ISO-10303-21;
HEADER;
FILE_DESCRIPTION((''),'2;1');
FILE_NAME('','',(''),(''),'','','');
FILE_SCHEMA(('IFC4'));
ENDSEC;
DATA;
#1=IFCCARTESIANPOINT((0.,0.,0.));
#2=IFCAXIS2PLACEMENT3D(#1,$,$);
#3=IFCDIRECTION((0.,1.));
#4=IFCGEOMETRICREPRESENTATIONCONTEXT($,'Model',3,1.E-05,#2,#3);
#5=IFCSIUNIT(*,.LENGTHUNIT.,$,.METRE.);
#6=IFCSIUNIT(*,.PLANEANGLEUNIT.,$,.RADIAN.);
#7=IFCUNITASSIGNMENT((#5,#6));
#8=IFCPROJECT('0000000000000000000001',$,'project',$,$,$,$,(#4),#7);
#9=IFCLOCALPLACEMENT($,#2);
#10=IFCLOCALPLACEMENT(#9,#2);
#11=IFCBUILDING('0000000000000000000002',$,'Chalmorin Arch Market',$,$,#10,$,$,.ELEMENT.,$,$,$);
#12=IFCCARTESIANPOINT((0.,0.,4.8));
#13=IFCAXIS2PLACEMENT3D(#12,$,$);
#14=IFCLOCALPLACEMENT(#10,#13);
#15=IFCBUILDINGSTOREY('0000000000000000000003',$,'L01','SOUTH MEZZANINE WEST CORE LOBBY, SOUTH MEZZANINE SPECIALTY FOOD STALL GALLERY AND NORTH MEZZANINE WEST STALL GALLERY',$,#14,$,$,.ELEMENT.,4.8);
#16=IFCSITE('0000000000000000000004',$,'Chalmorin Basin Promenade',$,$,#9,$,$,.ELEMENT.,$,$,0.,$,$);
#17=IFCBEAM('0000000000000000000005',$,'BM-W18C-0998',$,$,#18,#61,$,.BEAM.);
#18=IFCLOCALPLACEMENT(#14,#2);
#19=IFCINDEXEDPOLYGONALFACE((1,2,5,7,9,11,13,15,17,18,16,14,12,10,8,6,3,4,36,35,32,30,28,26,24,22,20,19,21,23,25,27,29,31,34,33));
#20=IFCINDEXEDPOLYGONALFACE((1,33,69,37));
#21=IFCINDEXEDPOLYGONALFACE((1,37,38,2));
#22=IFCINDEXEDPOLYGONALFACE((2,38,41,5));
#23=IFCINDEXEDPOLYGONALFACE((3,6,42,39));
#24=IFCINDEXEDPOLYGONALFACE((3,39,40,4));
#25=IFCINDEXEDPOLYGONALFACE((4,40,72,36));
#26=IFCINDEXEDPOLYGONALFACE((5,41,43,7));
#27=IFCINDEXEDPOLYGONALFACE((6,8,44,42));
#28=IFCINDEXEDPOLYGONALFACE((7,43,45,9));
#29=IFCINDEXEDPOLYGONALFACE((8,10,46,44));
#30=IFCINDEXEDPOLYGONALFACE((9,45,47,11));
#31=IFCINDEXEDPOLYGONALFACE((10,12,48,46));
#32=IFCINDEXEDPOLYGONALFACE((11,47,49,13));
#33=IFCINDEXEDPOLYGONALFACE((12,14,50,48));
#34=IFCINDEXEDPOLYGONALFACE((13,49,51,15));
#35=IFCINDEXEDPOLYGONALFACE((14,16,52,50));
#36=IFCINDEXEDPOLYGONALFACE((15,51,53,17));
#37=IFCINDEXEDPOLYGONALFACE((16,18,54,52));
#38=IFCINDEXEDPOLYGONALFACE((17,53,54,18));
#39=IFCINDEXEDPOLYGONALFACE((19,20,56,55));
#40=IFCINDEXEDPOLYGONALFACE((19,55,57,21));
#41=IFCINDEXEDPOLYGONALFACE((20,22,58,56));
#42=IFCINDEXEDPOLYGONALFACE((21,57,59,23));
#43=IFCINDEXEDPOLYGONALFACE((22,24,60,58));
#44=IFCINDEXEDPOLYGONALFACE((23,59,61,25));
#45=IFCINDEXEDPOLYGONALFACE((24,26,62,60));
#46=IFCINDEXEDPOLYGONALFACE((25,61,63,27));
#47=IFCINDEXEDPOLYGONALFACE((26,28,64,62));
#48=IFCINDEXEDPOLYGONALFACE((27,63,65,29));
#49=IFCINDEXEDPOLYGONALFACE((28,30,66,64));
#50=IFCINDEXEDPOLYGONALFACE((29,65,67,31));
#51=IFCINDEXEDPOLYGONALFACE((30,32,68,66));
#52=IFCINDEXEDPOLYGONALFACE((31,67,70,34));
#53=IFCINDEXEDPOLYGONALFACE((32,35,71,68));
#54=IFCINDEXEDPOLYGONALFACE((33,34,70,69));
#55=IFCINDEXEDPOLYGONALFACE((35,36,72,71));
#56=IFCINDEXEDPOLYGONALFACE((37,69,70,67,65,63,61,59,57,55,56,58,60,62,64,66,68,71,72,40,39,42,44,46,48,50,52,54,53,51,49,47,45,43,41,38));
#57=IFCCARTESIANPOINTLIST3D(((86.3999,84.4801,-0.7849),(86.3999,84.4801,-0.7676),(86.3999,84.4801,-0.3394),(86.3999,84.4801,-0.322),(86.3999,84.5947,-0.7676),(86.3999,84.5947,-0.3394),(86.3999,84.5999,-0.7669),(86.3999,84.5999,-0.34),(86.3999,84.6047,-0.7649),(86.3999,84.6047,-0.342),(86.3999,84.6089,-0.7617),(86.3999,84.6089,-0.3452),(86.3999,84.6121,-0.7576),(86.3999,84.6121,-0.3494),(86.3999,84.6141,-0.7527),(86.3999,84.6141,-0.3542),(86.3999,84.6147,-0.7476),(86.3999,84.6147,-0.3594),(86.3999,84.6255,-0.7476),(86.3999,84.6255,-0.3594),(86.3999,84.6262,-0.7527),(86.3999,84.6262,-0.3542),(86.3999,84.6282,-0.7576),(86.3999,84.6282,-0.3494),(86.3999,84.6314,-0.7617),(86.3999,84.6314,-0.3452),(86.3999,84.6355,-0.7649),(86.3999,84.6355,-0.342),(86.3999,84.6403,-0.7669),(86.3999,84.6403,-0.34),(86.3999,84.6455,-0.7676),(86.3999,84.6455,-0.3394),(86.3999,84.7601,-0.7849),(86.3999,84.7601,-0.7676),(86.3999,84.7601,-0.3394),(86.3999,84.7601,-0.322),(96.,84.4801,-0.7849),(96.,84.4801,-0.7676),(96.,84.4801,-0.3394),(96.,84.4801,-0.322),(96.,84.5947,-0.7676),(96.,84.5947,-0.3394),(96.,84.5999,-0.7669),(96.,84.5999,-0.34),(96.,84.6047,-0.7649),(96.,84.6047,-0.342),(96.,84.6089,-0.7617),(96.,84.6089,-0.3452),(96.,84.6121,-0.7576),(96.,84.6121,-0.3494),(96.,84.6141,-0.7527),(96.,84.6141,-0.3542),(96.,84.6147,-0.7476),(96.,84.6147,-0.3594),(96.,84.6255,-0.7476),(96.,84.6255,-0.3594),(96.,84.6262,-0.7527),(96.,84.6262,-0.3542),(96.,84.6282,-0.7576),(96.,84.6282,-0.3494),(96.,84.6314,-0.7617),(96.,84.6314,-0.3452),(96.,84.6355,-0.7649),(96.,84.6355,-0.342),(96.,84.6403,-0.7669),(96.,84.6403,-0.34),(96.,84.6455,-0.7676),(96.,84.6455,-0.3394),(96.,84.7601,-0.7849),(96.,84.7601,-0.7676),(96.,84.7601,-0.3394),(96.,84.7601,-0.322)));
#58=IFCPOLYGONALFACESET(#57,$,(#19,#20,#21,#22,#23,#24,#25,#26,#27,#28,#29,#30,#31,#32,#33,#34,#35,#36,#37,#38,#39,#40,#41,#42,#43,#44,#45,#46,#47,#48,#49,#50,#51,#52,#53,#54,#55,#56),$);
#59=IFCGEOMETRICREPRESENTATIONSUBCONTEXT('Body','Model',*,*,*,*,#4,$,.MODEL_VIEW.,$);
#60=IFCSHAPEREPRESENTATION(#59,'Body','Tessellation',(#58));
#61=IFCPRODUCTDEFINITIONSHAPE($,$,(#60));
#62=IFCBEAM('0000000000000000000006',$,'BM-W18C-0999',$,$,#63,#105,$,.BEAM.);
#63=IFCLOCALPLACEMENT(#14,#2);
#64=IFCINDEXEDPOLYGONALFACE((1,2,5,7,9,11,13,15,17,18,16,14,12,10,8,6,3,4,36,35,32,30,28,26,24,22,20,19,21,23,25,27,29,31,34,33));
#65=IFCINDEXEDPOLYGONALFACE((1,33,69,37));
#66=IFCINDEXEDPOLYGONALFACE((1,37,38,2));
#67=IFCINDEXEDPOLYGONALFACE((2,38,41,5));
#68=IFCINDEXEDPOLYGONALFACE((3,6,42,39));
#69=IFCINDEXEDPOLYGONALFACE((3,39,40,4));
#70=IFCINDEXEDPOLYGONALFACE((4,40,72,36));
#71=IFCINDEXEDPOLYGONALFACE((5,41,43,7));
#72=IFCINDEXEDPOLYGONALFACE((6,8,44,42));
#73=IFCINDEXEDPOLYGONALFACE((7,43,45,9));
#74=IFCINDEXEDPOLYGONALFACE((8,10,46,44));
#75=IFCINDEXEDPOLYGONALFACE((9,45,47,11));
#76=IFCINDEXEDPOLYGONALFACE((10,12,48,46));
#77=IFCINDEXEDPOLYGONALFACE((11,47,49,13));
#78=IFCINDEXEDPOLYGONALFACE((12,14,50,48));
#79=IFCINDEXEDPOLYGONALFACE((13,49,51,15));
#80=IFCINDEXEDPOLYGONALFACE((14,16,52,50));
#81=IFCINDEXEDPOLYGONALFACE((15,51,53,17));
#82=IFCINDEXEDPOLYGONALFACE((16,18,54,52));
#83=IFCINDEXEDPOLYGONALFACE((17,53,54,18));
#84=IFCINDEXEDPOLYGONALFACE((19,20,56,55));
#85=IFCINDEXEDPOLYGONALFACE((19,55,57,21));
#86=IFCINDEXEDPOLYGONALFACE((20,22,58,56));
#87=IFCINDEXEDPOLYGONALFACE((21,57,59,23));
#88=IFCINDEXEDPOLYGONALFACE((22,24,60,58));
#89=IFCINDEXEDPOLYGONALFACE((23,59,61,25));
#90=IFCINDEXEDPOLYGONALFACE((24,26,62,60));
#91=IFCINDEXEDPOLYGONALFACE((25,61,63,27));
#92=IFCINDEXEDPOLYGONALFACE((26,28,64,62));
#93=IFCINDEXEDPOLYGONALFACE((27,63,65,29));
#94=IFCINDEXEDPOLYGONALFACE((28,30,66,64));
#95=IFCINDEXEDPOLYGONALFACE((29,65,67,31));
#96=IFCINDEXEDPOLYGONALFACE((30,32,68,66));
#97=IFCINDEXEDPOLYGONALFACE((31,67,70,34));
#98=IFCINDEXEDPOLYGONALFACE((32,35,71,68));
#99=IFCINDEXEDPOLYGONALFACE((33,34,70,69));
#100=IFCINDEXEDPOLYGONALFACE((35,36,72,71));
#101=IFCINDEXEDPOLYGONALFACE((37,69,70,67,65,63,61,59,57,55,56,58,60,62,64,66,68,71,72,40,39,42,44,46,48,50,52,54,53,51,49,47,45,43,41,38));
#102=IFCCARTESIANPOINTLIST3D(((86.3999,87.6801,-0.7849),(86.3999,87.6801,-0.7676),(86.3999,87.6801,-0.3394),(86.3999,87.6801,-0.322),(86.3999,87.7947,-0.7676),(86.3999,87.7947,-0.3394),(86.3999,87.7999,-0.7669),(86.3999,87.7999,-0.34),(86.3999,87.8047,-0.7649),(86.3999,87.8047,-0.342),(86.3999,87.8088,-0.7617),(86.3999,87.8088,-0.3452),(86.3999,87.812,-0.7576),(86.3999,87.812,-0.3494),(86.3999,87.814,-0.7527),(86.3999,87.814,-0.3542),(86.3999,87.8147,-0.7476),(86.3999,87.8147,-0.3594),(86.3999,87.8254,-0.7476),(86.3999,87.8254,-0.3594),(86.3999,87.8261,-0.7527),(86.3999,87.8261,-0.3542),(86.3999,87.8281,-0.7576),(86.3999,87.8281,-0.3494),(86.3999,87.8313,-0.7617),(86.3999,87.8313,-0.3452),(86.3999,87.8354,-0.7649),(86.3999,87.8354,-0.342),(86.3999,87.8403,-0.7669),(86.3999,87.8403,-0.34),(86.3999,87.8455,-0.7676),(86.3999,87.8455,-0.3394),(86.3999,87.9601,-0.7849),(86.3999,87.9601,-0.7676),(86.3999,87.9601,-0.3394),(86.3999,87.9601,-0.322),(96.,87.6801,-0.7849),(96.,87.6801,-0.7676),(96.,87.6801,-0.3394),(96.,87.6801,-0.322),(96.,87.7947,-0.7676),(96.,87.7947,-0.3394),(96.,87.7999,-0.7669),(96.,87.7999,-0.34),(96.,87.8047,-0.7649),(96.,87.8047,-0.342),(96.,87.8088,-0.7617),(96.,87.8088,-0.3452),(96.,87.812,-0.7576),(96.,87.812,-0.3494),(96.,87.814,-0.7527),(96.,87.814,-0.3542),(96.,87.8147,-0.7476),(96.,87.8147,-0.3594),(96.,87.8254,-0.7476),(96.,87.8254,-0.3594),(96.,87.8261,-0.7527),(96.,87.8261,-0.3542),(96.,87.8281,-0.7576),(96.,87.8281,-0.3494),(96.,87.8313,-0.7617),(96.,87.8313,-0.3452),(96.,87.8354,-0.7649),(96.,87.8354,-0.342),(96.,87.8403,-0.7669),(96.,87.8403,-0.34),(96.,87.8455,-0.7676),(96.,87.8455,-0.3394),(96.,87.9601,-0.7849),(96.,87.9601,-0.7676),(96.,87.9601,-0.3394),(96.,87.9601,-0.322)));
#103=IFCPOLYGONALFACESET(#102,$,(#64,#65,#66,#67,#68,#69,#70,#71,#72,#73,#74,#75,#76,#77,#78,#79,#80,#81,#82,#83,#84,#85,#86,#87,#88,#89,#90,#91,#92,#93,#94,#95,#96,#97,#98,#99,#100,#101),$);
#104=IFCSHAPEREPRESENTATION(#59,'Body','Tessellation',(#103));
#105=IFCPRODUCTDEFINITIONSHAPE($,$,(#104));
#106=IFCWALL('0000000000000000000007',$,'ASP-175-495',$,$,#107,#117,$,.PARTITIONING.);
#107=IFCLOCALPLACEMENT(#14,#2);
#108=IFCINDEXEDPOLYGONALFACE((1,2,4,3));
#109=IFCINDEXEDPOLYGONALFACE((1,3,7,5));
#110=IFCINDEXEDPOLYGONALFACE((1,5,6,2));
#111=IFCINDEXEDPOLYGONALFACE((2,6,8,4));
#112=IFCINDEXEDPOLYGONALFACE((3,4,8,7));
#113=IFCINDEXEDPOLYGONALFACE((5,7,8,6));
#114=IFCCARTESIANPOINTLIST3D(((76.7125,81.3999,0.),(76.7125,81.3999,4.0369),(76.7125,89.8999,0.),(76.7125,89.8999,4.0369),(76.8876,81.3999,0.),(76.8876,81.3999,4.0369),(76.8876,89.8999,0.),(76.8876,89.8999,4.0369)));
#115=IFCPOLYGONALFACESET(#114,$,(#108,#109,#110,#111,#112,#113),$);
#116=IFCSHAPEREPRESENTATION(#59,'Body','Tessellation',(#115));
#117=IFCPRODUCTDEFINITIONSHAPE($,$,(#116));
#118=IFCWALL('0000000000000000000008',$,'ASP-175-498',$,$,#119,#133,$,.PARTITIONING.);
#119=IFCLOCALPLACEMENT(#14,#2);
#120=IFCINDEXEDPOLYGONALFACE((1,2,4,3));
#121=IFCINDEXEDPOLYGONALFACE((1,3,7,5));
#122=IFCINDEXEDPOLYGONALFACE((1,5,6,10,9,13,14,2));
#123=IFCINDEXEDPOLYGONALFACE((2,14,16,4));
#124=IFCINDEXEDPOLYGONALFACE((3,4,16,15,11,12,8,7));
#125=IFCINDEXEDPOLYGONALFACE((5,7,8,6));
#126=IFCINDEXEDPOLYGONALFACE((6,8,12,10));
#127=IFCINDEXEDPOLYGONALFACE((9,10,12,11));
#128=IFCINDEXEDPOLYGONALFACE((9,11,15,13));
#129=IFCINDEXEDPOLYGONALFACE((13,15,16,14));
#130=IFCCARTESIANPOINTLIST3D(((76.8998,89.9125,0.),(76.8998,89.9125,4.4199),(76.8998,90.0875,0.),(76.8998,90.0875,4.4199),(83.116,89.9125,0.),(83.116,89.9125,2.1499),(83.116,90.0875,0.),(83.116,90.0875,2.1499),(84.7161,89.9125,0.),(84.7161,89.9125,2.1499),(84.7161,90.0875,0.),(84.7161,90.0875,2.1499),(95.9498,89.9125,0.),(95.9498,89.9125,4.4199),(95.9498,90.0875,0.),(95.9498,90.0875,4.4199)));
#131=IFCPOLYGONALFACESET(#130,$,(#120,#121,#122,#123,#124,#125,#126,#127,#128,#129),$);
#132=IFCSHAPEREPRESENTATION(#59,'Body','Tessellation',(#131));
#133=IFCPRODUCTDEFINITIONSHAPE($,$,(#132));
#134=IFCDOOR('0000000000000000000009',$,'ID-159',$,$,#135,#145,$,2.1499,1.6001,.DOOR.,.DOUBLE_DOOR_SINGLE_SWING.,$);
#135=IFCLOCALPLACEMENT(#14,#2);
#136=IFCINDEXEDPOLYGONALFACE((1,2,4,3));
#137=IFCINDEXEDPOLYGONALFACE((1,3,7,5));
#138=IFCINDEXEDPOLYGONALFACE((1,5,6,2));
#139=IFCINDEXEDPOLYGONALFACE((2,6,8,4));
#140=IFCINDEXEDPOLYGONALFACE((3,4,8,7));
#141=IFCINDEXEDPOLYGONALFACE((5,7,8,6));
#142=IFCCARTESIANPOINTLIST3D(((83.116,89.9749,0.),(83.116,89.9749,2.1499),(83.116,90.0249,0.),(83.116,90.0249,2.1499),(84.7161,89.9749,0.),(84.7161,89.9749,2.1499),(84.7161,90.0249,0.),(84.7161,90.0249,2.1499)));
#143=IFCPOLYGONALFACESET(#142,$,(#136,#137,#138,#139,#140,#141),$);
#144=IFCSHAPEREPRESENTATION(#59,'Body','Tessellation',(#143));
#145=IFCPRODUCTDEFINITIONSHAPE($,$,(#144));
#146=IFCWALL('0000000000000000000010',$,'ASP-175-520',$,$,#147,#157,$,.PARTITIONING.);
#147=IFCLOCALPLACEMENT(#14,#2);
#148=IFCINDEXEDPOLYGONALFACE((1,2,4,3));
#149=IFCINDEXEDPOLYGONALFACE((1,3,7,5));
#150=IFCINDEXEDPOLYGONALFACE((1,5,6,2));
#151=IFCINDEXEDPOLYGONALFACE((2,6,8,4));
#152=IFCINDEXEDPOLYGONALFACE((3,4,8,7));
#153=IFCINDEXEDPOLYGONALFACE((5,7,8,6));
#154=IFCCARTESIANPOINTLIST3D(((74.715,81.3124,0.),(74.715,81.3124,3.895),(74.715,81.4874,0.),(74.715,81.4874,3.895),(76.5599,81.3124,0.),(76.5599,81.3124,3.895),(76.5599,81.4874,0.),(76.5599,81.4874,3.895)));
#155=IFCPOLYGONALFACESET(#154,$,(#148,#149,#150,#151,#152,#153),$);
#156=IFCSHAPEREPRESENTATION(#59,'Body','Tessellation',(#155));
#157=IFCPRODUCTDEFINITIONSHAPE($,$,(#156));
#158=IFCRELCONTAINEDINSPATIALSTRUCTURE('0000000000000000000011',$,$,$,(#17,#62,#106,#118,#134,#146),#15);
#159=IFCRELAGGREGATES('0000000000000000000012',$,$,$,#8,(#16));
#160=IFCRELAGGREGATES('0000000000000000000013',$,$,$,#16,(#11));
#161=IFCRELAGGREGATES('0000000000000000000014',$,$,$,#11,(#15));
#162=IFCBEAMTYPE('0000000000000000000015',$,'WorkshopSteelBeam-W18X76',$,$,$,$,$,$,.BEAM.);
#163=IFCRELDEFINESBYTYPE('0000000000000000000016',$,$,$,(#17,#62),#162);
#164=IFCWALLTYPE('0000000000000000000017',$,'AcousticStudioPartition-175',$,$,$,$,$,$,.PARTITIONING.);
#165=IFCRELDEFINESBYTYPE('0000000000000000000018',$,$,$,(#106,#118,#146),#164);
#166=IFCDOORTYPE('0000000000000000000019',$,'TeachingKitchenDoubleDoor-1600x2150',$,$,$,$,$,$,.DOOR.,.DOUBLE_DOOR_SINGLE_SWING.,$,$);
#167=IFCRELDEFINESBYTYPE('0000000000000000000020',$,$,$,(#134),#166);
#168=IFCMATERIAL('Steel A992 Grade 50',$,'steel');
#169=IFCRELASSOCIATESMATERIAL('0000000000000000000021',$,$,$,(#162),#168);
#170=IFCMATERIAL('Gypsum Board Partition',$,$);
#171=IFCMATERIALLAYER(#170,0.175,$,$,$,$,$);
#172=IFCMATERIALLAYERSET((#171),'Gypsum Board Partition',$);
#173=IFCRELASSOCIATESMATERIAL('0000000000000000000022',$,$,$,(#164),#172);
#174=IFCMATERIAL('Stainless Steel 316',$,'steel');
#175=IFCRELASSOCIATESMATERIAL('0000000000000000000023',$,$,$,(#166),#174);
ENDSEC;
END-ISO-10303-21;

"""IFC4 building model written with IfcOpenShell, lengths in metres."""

from ifc_helpers import new_model, si_unit, direction, frame, frame_2d, origin, origin_2d, place, context, subcontext, project, spatial, rectangle, i_section, extrude, material, layer, layer_set, material_profile, profile_set, type_object, element, fill, save


model = new_model("IFC4")

# Units and contexts
model_context = context("Model", 3, precision=1e-05, world=origin(), true_north=direction((0.0, 1.0)))
body_context = subcontext(model_context, "Body", "Model", "MODEL_VIEW")
ifc_project = project(units=[si_unit("LENGTHUNIT", "METRE"), si_unit("PLANEANGLEUNIT", "RADIAN")], contexts=[model_context])

# Site, building, storey
site_placement = place(None, origin())
site = spatial("IfcSite", under=ifc_project, at=site_placement, Name="Chalmorin Basin Promenade", CompositionType="ELEMENT", RefElevation=0.0)
building_placement = place(site_placement, origin())
building = spatial("IfcBuilding", under=site, at=building_placement, Name="Chalmorin Arch Market", CompositionType="ELEMENT")
storey_placement = place(building_placement, frame((0.0, 0.0, 4.8)))
storey = spatial("IfcBuildingStorey", under=building, at=storey_placement, Name="L01", Description="SOUTH MEZZANINE WEST CORE LOBBY, SOUTH MEZZANINE SPECIALTY FOOD STALL GALLERY AND NORTH MEZZANINE WEST STALL GALLERY", CompositionType="ELEMENT", Elevation=4.8)

# Beams
ifc_material_1 = material(Name="Steel A992 Grade 50", Category="steel")
ifc_material_profile_1 = material_profile(ifc_material_1, i_section(OverallWidth=0.28, OverallDepth=0.4629, WebThickness=0.0107, FlangeThickness=0.0173, FilletRadius=0.02, at=origin_2d()), Name="W18X76")
ifc_profile_set_1 = profile_set([ifc_material_profile_1], Name="Steel A992 Grade 50")
beam_type_1 = type_object("IfcBeamType", Name="WorkshopSteelBeam-W18X76", PredefinedType="BEAM", material=ifc_profile_set_1)
for number, where, z_axis, x_axis, name in (
    (1, (86.3999, 84.6201, -0.5535), (1.0, 0.0, 0.0), (0.0, 1.0, 0.0), "BM-W18C-0998"),
    (2, (86.3999, 87.8201, -0.5535), (1.0, 0.0, 0.0), (0.0, 1.0, 0.0), "BM-W18C-0999"),
):
    element("IfcBeam", number, at=place(storey_placement, frame(where, z_axis=z_axis, x_axis=x_axis)), inside=storey, type_object=beam_type_1, Name=name, PredefinedType="BEAM", context=body_context, shape_type="SweptSolid", body=[
        extrude(i_section(OverallWidth=0.28, OverallDepth=0.4629, WebThickness=0.0107, FlangeThickness=0.0173, FilletRadius=0.02, at=origin_2d()), origin(), (0.0, 0.0, 1.0), 9.6001),
    ])

# Wall
ifc_material_2 = material(Name="Gypsum Board Partition")
ifc_layer_1 = layer(ifc_material_2, 0.175)
ifc_layer_set_1 = layer_set([ifc_layer_1], Name="Gypsum Board Partition")
wall_type_1 = type_object("IfcWallType", Name="AcousticStudioPartition-175", PredefinedType="PARTITIONING", material=ifc_layer_set_1)
wall_1_placement = place(storey_placement, frame((76.8, 81.3999, 0.0), z_axis=(0.0, 0.0, 1.0), x_axis=(0.0, 1.0, 0.0)))
element("IfcWall", 3, at=wall_1_placement, inside=storey, type_object=wall_type_1, Name="ASP-175-495", PredefinedType="PARTITIONING", context=body_context, shape_type="SweptSolid", body=[
    extrude(rectangle(XDim=8.5, YDim=0.175, at=frame_2d((4.25, 0.0))), origin(), (0.0, 0.0, 1.0), 4.0369),
])

# Wall, opening, door
wall_2_placement = place(storey_placement, frame((76.8999, 90.0, 0.0), z_axis=(0.0, 0.0, 1.0), x_axis=(1.0, 0.0, 0.0)))
wall_2 = element("IfcWall", 4, at=wall_2_placement, inside=storey, type_object=wall_type_1, Name="ASP-175-498", PredefinedType="PARTITIONING", context=body_context, shape_type="SweptSolid", body=[
    extrude(rectangle(XDim=19.05, YDim=0.175, at=frame_2d((9.5249, 0.0))), origin(), (0.0, 0.0, 1.0), 4.4199),
])
opening_1_placement = place(wall_2_placement, frame((6.2161, 0.0, 0.0)))
opening_1 = element("IfcOpeningElement", 5, at=opening_1_placement, cuts=wall_2, PredefinedType="OPENING", context=body_context, shape_type="SweptSolid", body=[
    extrude(rectangle(XDim=1.6001, YDim=2.1499, at=frame_2d((0.8, 1.075))), frame((0.0, 0.0974, 0.0), z_axis=(0.0, -1.0, 0.0), x_axis=(1.0, 0.0, 0.0)), (0.0, 0.0, 1.0), 0.1951),
])
ifc_material_3 = material(Name="Stainless Steel 316", Category="steel")
door_type_1 = type_object("IfcDoorType", Name="TeachingKitchenDoubleDoor-1600x2150", OperationType="DOUBLE_DOOR_SINGLE_SWING", PredefinedType="DOOR", material=ifc_material_3)
door_1_placement = place(opening_1_placement, origin())
door_1 = element("IfcDoor", 6, at=door_1_placement, inside=storey, type_object=door_type_1, Name="ID-159", OperationType="DOUBLE_DOOR_SINGLE_SWING", OverallHeight=2.1499, OverallWidth=1.6001, PredefinedType="DOOR", context=body_context, shape_type="SweptSolid", body=[
    extrude(rectangle(XDim=1.6001, YDim=2.1499, at=frame_2d((0.8, 1.075))), frame((0.0, 0.0249, 0.0), z_axis=(0.0, -1.0, 0.0), x_axis=(1.0, 0.0, 0.0)), (0.0, 0.0, 1.0), 0.05),
])
fill(opening_1, door_1)

# Wall
wall_3_placement = place(storey_placement, frame((74.7151, 81.3999, 0.0), z_axis=(0.0, 0.0, 1.0), x_axis=(1.0, 0.0, 0.0)))
element("IfcWall", 7, at=wall_3_placement, inside=storey, type_object=wall_type_1, Name="ASP-175-520", PredefinedType="PARTITIONING", context=body_context, shape_type="SweptSolid", body=[
    extrude(rectangle(XDim=1.845, YDim=0.175, at=frame_2d((0.9224, 0.0))), origin(), (0.0, 0.0, 1.0), 3.895),
])

save(model, "model.ifc")
